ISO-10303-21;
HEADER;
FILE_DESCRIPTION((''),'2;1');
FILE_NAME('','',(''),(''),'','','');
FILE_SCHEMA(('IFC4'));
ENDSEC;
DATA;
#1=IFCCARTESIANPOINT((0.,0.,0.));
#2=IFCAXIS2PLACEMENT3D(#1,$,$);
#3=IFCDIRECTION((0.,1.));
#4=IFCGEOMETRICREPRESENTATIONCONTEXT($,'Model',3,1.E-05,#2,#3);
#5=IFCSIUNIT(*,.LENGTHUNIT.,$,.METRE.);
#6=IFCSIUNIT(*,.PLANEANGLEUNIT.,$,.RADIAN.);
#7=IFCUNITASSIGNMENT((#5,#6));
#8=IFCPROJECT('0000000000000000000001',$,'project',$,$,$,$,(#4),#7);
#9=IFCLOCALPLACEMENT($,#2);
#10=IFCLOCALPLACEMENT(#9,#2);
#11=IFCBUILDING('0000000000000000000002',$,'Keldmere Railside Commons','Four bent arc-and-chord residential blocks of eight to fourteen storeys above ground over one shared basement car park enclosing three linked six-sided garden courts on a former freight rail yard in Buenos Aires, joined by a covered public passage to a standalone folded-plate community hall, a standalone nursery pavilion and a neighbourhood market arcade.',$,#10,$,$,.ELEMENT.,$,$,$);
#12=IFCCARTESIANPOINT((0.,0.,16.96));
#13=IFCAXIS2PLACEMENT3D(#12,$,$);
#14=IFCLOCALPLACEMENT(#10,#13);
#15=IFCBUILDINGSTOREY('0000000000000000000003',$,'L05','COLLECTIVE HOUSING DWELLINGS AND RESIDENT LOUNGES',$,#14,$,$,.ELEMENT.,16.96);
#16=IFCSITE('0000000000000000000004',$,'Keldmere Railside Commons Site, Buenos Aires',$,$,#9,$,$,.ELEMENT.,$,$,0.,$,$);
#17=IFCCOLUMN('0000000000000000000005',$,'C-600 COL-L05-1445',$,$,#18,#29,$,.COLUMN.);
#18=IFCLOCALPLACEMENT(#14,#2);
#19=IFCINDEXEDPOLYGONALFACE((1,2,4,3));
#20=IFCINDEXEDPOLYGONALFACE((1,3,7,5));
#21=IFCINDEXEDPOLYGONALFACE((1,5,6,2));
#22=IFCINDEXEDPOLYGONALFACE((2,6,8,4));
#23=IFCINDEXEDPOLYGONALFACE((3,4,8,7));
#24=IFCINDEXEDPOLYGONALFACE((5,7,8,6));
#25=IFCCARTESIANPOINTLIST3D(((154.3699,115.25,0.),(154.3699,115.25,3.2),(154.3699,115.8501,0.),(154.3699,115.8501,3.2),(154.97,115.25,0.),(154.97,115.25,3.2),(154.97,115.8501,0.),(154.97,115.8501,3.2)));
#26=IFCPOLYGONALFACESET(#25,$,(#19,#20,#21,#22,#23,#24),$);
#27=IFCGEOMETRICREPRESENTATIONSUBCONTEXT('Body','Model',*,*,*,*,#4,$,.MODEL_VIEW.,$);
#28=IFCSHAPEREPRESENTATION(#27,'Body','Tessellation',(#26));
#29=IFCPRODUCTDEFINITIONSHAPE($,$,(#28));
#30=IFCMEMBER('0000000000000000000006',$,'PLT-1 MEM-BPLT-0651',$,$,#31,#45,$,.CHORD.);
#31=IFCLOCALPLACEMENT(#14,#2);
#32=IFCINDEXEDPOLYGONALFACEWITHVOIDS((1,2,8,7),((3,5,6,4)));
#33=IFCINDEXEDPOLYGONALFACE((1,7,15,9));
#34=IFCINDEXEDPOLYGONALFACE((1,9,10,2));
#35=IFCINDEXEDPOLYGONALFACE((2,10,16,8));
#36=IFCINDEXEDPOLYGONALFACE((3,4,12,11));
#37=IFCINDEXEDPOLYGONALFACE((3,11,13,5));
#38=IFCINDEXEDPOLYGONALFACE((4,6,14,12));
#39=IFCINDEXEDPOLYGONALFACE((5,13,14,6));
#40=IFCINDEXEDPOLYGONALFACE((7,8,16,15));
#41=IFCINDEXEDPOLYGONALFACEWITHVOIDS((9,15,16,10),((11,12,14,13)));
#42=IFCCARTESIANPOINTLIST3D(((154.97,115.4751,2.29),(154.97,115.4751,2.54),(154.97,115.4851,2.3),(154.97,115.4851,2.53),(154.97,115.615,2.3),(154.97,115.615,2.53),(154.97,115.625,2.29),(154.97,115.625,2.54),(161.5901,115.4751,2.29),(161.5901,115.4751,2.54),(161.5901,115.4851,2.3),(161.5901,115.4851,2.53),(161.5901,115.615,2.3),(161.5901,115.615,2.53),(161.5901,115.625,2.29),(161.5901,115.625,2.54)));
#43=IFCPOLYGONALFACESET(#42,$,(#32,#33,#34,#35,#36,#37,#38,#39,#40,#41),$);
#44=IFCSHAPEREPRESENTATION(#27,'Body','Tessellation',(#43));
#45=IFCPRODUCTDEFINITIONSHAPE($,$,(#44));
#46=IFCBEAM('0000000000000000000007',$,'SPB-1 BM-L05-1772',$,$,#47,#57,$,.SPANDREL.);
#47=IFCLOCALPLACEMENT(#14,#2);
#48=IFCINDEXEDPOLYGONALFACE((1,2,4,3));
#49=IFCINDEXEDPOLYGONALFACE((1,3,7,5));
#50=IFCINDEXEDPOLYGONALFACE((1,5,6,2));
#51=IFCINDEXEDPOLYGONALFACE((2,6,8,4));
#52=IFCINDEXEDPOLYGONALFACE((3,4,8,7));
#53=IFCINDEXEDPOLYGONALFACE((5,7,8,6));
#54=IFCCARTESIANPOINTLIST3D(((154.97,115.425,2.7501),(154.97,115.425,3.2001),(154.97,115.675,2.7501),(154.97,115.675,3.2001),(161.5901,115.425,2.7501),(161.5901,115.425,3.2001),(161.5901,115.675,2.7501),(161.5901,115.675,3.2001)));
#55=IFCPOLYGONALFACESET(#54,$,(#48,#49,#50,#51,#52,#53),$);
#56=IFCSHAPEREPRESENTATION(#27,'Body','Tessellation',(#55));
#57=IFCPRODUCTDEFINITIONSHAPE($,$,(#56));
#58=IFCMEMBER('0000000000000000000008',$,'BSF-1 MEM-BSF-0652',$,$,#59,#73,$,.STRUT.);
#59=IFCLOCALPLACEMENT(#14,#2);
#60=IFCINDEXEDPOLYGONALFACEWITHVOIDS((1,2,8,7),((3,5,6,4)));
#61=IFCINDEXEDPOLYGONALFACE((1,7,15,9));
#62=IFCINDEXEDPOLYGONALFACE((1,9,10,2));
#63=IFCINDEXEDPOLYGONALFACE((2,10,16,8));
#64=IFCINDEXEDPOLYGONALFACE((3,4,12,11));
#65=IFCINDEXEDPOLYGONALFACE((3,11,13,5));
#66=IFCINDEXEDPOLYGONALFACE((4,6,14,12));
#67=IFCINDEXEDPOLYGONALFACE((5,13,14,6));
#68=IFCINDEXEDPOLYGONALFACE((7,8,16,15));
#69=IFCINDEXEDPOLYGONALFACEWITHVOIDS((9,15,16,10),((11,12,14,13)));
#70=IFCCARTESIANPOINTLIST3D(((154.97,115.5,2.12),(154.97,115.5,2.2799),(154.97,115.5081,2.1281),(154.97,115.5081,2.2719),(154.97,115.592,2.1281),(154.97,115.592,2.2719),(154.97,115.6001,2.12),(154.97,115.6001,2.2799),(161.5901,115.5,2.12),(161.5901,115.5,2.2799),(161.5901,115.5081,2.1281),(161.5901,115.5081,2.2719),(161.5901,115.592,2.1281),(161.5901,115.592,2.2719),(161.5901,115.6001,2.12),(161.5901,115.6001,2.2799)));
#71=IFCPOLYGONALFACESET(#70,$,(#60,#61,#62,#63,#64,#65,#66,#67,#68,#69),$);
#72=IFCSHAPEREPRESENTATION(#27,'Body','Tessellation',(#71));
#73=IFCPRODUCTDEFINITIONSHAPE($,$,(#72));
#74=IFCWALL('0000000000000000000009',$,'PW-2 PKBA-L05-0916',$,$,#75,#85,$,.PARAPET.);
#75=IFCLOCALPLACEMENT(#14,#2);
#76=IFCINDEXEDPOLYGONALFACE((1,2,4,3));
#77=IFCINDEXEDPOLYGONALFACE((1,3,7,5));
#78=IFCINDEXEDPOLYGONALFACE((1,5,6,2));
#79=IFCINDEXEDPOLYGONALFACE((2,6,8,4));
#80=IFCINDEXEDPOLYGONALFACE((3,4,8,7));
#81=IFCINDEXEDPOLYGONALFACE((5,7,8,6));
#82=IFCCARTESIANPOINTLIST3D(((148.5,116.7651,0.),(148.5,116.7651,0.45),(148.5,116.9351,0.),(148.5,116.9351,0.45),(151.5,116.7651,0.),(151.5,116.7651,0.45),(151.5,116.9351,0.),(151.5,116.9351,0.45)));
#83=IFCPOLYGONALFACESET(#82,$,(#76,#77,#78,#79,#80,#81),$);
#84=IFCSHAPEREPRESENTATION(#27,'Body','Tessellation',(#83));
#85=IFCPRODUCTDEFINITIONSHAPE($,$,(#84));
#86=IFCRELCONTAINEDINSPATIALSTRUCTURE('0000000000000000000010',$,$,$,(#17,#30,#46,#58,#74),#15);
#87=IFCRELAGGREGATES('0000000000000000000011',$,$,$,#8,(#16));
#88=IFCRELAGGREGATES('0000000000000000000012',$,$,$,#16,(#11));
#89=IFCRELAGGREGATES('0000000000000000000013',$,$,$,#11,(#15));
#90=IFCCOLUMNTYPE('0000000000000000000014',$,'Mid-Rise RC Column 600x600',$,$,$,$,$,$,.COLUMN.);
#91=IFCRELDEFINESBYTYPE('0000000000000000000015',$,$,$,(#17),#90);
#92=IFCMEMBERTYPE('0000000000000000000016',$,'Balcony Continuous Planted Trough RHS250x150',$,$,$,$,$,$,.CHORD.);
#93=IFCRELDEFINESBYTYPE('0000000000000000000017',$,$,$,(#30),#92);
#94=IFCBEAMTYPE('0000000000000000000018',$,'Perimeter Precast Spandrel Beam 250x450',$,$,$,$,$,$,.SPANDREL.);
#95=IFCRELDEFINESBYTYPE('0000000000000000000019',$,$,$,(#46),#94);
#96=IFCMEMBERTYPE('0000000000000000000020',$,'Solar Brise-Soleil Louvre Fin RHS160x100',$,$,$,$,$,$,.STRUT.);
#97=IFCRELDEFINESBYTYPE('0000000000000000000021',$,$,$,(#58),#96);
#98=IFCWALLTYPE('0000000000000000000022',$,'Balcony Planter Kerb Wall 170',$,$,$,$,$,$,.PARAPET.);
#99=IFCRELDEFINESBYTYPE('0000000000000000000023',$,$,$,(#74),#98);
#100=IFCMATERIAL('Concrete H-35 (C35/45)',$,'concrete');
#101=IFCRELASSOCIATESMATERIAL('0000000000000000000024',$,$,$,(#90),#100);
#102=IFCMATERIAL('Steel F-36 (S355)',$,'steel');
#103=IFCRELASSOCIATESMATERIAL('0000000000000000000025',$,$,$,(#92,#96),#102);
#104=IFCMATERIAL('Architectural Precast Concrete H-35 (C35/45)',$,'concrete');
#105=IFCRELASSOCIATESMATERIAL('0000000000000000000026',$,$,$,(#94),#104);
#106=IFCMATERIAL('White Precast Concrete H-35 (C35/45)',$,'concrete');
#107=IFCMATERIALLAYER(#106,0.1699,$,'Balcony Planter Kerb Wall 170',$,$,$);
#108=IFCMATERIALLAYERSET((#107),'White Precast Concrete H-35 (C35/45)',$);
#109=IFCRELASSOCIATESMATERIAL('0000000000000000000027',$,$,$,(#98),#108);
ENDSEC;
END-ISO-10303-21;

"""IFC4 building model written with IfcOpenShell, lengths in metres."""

from ifc_helpers import new_model, si_unit, direction, frame, frame_2d, origin, origin_2d, place, context, subcontext, project, spatial, rectangle, hollow_rectangle, extrude, material, layer, layer_set, material_profile, profile_set, type_object, element, save


model = new_model("IFC4")

# Units and contexts
model_context = context("Model", 3, precision=1e-05, world=origin(), true_north=direction((0.0, 1.0)))
body_context = subcontext(model_context, "Body", "Model", "MODEL_VIEW")
ifc_project = project(units=[si_unit("LENGTHUNIT", "METRE"), si_unit("PLANEANGLEUNIT", "RADIAN")], contexts=[model_context])

# Site, building, storey
site_placement = place(None, origin())
site = spatial("IfcSite", under=ifc_project, at=site_placement, Name="Keldmere Railside Commons Site, Buenos Aires", CompositionType="ELEMENT", RefElevation=0.0)
building_placement = place(site_placement, origin())
building = spatial("IfcBuilding", under=site, at=building_placement, Name="Keldmere Railside Commons", Description="Four bent arc-and-chord residential blocks of eight to fourteen storeys above ground over one shared basement car park enclosing three linked six-sided garden courts on a former freight rail yard in Buenos Aires, joined by a covered public passage to a standalone folded-plate community hall, a standalone nursery pavilion and a neighbourhood market arcade.", CompositionType="ELEMENT")
storey_placement = place(building_placement, frame((0.0, 0.0, 16.96)))
storey = spatial("IfcBuildingStorey", under=building, at=storey_placement, Name="L05", Description="COLLECTIVE HOUSING DWELLINGS AND RESIDENT LOUNGES", CompositionType="ELEMENT", Elevation=16.96)

# Column
ifc_material_1 = material(Name="Concrete H-35 (C35/45)", Category="concrete")
ifc_material_profile_1 = material_profile(ifc_material_1, rectangle(XDim=0.6001, YDim=0.6001, at=origin_2d()), Name="RC-600x600")
ifc_profile_set_1 = profile_set([ifc_material_profile_1], Name="Concrete H-35 (C35/45)")
column_type = type_object("IfcColumnType", Name="Mid-Rise RC Column 600x600", PredefinedType="COLUMN", material=ifc_profile_set_1)
column_placement = place(storey_placement, frame((154.6699, 115.55, 0.0), z_axis=(0.0, 0.0, 1.0), x_axis=(1.0, 0.0, 0.0)))
element("IfcColumn", 1, at=column_placement, inside=storey, type_object=column_type, Name="C-600 COL-L05-1445", PredefinedType="COLUMN", context=body_context, shape_type="SweptSolid", body=[
    extrude(rectangle(XDim=0.6001, YDim=0.6001, at=origin_2d()), origin(), (0.0, 0.0, 1.0), 3.2),
])

# Member
ifc_material_2 = material(Name="Steel F-36 (S355)", Category="steel")
ifc_material_profile_2 = material_profile(ifc_material_2, hollow_rectangle(XDim=0.1499, YDim=0.25, WallThickness=0.01, at=origin_2d()), Name="RHS-250x150x10")
ifc_profile_set_2 = profile_set([ifc_material_profile_2], Name="Steel F-36 (S355)")
member_type_1 = type_object("IfcMemberType", Name="Balcony Continuous Planted Trough RHS250x150", PredefinedType="CHORD", material=ifc_profile_set_2)
member_1_placement = place(storey_placement, frame((154.97, 115.55, 2.415), z_axis=(1.0, 0.0, 0.0), x_axis=(0.0, 1.0, 0.0)))
element("IfcMember", 2, at=member_1_placement, inside=storey, type_object=member_type_1, Name="PLT-1 MEM-BPLT-0651", PredefinedType="CHORD", context=body_context, shape_type="SweptSolid", body=[
    extrude(hollow_rectangle(XDim=0.1499, YDim=0.25, WallThickness=0.01, at=origin_2d()), origin(), (0.0, 0.0, 1.0), 6.6201),
])

# Beam
ifc_material_3 = material(Name="Architectural Precast Concrete H-35 (C35/45)", Category="concrete")
ifc_material_profile_3 = material_profile(ifc_material_3, rectangle(XDim=0.25, YDim=0.45, at=origin_2d()), Name="RC-250x450")
ifc_profile_set_3 = profile_set([ifc_material_profile_3], Name="Architectural Precast Concrete H-35 (C35/45)")
beam_type = type_object("IfcBeamType", Name="Perimeter Precast Spandrel Beam 250x450", PredefinedType="SPANDREL", material=ifc_profile_set_3)
beam_placement = place(storey_placement, frame((154.97, 115.55, 2.9751), z_axis=(1.0, 0.0, 0.0), x_axis=(0.0, 1.0, 0.0)))
element("IfcBeam", 3, at=beam_placement, inside=storey, type_object=beam_type, Name="SPB-1 BM-L05-1772", PredefinedType="SPANDREL", context=body_context, shape_type="SweptSolid", body=[
    extrude(rectangle(XDim=0.25, YDim=0.45, at=origin_2d()), origin(), (0.0, 0.0, 1.0), 6.6201),
])

# Member
ifc_material_profile_4 = material_profile(ifc_material_2, hollow_rectangle(XDim=0.1001, YDim=0.1599, WallThickness=0.0081, at=origin_2d()), Name="RHS-160x100x8")
ifc_profile_set_4 = profile_set([ifc_material_profile_4], Name="Steel F-36 (S355)")
member_type_2 = type_object("IfcMemberType", Name="Solar Brise-Soleil Louvre Fin RHS160x100", PredefinedType="STRUT", material=ifc_profile_set_4)
member_2_placement = place(storey_placement, frame((154.97, 115.55, 2.2), z_axis=(1.0, 0.0, 0.0), x_axis=(0.0, 1.0, 0.0)))
element("IfcMember", 4, at=member_2_placement, inside=storey, type_object=member_type_2, Name="BSF-1 MEM-BSF-0652", PredefinedType="STRUT", context=body_context, shape_type="SweptSolid", body=[
    extrude(hollow_rectangle(XDim=0.1001, YDim=0.1599, WallThickness=0.0081, at=origin_2d()), origin(), (0.0, 0.0, 1.0), 6.6201),
])

# Wall
ifc_material_4 = material(Name="White Precast Concrete H-35 (C35/45)", Category="concrete")
ifc_layer_1 = layer(ifc_material_4, 0.1699, Name="Balcony Planter Kerb Wall 170")
ifc_layer_set_1 = layer_set([ifc_layer_1], Name="White Precast Concrete H-35 (C35/45)")
wall_type_1 = type_object("IfcWallType", Name="Balcony Planter Kerb Wall 170", PredefinedType="PARAPET", material=ifc_layer_set_1)
wall_1_placement = place(storey_placement, frame((148.5, 116.8501, 0.0), z_axis=(0.0, 0.0, 1.0), x_axis=(1.0, 0.0, 0.0)))
element("IfcWall", 5, at=wall_1_placement, inside=storey, type_object=wall_type_1, Name="PW-2 PKBA-L05-0916", PredefinedType="PARAPET", context=body_context, shape_type="SweptSolid", body=[
    extrude(rectangle(XDim=3.0, YDim=0.1699, at=frame_2d((1.5, 0.0))), origin(), (0.0, 0.0, 1.0), 0.45),
])

save(model, "model.ifc")
